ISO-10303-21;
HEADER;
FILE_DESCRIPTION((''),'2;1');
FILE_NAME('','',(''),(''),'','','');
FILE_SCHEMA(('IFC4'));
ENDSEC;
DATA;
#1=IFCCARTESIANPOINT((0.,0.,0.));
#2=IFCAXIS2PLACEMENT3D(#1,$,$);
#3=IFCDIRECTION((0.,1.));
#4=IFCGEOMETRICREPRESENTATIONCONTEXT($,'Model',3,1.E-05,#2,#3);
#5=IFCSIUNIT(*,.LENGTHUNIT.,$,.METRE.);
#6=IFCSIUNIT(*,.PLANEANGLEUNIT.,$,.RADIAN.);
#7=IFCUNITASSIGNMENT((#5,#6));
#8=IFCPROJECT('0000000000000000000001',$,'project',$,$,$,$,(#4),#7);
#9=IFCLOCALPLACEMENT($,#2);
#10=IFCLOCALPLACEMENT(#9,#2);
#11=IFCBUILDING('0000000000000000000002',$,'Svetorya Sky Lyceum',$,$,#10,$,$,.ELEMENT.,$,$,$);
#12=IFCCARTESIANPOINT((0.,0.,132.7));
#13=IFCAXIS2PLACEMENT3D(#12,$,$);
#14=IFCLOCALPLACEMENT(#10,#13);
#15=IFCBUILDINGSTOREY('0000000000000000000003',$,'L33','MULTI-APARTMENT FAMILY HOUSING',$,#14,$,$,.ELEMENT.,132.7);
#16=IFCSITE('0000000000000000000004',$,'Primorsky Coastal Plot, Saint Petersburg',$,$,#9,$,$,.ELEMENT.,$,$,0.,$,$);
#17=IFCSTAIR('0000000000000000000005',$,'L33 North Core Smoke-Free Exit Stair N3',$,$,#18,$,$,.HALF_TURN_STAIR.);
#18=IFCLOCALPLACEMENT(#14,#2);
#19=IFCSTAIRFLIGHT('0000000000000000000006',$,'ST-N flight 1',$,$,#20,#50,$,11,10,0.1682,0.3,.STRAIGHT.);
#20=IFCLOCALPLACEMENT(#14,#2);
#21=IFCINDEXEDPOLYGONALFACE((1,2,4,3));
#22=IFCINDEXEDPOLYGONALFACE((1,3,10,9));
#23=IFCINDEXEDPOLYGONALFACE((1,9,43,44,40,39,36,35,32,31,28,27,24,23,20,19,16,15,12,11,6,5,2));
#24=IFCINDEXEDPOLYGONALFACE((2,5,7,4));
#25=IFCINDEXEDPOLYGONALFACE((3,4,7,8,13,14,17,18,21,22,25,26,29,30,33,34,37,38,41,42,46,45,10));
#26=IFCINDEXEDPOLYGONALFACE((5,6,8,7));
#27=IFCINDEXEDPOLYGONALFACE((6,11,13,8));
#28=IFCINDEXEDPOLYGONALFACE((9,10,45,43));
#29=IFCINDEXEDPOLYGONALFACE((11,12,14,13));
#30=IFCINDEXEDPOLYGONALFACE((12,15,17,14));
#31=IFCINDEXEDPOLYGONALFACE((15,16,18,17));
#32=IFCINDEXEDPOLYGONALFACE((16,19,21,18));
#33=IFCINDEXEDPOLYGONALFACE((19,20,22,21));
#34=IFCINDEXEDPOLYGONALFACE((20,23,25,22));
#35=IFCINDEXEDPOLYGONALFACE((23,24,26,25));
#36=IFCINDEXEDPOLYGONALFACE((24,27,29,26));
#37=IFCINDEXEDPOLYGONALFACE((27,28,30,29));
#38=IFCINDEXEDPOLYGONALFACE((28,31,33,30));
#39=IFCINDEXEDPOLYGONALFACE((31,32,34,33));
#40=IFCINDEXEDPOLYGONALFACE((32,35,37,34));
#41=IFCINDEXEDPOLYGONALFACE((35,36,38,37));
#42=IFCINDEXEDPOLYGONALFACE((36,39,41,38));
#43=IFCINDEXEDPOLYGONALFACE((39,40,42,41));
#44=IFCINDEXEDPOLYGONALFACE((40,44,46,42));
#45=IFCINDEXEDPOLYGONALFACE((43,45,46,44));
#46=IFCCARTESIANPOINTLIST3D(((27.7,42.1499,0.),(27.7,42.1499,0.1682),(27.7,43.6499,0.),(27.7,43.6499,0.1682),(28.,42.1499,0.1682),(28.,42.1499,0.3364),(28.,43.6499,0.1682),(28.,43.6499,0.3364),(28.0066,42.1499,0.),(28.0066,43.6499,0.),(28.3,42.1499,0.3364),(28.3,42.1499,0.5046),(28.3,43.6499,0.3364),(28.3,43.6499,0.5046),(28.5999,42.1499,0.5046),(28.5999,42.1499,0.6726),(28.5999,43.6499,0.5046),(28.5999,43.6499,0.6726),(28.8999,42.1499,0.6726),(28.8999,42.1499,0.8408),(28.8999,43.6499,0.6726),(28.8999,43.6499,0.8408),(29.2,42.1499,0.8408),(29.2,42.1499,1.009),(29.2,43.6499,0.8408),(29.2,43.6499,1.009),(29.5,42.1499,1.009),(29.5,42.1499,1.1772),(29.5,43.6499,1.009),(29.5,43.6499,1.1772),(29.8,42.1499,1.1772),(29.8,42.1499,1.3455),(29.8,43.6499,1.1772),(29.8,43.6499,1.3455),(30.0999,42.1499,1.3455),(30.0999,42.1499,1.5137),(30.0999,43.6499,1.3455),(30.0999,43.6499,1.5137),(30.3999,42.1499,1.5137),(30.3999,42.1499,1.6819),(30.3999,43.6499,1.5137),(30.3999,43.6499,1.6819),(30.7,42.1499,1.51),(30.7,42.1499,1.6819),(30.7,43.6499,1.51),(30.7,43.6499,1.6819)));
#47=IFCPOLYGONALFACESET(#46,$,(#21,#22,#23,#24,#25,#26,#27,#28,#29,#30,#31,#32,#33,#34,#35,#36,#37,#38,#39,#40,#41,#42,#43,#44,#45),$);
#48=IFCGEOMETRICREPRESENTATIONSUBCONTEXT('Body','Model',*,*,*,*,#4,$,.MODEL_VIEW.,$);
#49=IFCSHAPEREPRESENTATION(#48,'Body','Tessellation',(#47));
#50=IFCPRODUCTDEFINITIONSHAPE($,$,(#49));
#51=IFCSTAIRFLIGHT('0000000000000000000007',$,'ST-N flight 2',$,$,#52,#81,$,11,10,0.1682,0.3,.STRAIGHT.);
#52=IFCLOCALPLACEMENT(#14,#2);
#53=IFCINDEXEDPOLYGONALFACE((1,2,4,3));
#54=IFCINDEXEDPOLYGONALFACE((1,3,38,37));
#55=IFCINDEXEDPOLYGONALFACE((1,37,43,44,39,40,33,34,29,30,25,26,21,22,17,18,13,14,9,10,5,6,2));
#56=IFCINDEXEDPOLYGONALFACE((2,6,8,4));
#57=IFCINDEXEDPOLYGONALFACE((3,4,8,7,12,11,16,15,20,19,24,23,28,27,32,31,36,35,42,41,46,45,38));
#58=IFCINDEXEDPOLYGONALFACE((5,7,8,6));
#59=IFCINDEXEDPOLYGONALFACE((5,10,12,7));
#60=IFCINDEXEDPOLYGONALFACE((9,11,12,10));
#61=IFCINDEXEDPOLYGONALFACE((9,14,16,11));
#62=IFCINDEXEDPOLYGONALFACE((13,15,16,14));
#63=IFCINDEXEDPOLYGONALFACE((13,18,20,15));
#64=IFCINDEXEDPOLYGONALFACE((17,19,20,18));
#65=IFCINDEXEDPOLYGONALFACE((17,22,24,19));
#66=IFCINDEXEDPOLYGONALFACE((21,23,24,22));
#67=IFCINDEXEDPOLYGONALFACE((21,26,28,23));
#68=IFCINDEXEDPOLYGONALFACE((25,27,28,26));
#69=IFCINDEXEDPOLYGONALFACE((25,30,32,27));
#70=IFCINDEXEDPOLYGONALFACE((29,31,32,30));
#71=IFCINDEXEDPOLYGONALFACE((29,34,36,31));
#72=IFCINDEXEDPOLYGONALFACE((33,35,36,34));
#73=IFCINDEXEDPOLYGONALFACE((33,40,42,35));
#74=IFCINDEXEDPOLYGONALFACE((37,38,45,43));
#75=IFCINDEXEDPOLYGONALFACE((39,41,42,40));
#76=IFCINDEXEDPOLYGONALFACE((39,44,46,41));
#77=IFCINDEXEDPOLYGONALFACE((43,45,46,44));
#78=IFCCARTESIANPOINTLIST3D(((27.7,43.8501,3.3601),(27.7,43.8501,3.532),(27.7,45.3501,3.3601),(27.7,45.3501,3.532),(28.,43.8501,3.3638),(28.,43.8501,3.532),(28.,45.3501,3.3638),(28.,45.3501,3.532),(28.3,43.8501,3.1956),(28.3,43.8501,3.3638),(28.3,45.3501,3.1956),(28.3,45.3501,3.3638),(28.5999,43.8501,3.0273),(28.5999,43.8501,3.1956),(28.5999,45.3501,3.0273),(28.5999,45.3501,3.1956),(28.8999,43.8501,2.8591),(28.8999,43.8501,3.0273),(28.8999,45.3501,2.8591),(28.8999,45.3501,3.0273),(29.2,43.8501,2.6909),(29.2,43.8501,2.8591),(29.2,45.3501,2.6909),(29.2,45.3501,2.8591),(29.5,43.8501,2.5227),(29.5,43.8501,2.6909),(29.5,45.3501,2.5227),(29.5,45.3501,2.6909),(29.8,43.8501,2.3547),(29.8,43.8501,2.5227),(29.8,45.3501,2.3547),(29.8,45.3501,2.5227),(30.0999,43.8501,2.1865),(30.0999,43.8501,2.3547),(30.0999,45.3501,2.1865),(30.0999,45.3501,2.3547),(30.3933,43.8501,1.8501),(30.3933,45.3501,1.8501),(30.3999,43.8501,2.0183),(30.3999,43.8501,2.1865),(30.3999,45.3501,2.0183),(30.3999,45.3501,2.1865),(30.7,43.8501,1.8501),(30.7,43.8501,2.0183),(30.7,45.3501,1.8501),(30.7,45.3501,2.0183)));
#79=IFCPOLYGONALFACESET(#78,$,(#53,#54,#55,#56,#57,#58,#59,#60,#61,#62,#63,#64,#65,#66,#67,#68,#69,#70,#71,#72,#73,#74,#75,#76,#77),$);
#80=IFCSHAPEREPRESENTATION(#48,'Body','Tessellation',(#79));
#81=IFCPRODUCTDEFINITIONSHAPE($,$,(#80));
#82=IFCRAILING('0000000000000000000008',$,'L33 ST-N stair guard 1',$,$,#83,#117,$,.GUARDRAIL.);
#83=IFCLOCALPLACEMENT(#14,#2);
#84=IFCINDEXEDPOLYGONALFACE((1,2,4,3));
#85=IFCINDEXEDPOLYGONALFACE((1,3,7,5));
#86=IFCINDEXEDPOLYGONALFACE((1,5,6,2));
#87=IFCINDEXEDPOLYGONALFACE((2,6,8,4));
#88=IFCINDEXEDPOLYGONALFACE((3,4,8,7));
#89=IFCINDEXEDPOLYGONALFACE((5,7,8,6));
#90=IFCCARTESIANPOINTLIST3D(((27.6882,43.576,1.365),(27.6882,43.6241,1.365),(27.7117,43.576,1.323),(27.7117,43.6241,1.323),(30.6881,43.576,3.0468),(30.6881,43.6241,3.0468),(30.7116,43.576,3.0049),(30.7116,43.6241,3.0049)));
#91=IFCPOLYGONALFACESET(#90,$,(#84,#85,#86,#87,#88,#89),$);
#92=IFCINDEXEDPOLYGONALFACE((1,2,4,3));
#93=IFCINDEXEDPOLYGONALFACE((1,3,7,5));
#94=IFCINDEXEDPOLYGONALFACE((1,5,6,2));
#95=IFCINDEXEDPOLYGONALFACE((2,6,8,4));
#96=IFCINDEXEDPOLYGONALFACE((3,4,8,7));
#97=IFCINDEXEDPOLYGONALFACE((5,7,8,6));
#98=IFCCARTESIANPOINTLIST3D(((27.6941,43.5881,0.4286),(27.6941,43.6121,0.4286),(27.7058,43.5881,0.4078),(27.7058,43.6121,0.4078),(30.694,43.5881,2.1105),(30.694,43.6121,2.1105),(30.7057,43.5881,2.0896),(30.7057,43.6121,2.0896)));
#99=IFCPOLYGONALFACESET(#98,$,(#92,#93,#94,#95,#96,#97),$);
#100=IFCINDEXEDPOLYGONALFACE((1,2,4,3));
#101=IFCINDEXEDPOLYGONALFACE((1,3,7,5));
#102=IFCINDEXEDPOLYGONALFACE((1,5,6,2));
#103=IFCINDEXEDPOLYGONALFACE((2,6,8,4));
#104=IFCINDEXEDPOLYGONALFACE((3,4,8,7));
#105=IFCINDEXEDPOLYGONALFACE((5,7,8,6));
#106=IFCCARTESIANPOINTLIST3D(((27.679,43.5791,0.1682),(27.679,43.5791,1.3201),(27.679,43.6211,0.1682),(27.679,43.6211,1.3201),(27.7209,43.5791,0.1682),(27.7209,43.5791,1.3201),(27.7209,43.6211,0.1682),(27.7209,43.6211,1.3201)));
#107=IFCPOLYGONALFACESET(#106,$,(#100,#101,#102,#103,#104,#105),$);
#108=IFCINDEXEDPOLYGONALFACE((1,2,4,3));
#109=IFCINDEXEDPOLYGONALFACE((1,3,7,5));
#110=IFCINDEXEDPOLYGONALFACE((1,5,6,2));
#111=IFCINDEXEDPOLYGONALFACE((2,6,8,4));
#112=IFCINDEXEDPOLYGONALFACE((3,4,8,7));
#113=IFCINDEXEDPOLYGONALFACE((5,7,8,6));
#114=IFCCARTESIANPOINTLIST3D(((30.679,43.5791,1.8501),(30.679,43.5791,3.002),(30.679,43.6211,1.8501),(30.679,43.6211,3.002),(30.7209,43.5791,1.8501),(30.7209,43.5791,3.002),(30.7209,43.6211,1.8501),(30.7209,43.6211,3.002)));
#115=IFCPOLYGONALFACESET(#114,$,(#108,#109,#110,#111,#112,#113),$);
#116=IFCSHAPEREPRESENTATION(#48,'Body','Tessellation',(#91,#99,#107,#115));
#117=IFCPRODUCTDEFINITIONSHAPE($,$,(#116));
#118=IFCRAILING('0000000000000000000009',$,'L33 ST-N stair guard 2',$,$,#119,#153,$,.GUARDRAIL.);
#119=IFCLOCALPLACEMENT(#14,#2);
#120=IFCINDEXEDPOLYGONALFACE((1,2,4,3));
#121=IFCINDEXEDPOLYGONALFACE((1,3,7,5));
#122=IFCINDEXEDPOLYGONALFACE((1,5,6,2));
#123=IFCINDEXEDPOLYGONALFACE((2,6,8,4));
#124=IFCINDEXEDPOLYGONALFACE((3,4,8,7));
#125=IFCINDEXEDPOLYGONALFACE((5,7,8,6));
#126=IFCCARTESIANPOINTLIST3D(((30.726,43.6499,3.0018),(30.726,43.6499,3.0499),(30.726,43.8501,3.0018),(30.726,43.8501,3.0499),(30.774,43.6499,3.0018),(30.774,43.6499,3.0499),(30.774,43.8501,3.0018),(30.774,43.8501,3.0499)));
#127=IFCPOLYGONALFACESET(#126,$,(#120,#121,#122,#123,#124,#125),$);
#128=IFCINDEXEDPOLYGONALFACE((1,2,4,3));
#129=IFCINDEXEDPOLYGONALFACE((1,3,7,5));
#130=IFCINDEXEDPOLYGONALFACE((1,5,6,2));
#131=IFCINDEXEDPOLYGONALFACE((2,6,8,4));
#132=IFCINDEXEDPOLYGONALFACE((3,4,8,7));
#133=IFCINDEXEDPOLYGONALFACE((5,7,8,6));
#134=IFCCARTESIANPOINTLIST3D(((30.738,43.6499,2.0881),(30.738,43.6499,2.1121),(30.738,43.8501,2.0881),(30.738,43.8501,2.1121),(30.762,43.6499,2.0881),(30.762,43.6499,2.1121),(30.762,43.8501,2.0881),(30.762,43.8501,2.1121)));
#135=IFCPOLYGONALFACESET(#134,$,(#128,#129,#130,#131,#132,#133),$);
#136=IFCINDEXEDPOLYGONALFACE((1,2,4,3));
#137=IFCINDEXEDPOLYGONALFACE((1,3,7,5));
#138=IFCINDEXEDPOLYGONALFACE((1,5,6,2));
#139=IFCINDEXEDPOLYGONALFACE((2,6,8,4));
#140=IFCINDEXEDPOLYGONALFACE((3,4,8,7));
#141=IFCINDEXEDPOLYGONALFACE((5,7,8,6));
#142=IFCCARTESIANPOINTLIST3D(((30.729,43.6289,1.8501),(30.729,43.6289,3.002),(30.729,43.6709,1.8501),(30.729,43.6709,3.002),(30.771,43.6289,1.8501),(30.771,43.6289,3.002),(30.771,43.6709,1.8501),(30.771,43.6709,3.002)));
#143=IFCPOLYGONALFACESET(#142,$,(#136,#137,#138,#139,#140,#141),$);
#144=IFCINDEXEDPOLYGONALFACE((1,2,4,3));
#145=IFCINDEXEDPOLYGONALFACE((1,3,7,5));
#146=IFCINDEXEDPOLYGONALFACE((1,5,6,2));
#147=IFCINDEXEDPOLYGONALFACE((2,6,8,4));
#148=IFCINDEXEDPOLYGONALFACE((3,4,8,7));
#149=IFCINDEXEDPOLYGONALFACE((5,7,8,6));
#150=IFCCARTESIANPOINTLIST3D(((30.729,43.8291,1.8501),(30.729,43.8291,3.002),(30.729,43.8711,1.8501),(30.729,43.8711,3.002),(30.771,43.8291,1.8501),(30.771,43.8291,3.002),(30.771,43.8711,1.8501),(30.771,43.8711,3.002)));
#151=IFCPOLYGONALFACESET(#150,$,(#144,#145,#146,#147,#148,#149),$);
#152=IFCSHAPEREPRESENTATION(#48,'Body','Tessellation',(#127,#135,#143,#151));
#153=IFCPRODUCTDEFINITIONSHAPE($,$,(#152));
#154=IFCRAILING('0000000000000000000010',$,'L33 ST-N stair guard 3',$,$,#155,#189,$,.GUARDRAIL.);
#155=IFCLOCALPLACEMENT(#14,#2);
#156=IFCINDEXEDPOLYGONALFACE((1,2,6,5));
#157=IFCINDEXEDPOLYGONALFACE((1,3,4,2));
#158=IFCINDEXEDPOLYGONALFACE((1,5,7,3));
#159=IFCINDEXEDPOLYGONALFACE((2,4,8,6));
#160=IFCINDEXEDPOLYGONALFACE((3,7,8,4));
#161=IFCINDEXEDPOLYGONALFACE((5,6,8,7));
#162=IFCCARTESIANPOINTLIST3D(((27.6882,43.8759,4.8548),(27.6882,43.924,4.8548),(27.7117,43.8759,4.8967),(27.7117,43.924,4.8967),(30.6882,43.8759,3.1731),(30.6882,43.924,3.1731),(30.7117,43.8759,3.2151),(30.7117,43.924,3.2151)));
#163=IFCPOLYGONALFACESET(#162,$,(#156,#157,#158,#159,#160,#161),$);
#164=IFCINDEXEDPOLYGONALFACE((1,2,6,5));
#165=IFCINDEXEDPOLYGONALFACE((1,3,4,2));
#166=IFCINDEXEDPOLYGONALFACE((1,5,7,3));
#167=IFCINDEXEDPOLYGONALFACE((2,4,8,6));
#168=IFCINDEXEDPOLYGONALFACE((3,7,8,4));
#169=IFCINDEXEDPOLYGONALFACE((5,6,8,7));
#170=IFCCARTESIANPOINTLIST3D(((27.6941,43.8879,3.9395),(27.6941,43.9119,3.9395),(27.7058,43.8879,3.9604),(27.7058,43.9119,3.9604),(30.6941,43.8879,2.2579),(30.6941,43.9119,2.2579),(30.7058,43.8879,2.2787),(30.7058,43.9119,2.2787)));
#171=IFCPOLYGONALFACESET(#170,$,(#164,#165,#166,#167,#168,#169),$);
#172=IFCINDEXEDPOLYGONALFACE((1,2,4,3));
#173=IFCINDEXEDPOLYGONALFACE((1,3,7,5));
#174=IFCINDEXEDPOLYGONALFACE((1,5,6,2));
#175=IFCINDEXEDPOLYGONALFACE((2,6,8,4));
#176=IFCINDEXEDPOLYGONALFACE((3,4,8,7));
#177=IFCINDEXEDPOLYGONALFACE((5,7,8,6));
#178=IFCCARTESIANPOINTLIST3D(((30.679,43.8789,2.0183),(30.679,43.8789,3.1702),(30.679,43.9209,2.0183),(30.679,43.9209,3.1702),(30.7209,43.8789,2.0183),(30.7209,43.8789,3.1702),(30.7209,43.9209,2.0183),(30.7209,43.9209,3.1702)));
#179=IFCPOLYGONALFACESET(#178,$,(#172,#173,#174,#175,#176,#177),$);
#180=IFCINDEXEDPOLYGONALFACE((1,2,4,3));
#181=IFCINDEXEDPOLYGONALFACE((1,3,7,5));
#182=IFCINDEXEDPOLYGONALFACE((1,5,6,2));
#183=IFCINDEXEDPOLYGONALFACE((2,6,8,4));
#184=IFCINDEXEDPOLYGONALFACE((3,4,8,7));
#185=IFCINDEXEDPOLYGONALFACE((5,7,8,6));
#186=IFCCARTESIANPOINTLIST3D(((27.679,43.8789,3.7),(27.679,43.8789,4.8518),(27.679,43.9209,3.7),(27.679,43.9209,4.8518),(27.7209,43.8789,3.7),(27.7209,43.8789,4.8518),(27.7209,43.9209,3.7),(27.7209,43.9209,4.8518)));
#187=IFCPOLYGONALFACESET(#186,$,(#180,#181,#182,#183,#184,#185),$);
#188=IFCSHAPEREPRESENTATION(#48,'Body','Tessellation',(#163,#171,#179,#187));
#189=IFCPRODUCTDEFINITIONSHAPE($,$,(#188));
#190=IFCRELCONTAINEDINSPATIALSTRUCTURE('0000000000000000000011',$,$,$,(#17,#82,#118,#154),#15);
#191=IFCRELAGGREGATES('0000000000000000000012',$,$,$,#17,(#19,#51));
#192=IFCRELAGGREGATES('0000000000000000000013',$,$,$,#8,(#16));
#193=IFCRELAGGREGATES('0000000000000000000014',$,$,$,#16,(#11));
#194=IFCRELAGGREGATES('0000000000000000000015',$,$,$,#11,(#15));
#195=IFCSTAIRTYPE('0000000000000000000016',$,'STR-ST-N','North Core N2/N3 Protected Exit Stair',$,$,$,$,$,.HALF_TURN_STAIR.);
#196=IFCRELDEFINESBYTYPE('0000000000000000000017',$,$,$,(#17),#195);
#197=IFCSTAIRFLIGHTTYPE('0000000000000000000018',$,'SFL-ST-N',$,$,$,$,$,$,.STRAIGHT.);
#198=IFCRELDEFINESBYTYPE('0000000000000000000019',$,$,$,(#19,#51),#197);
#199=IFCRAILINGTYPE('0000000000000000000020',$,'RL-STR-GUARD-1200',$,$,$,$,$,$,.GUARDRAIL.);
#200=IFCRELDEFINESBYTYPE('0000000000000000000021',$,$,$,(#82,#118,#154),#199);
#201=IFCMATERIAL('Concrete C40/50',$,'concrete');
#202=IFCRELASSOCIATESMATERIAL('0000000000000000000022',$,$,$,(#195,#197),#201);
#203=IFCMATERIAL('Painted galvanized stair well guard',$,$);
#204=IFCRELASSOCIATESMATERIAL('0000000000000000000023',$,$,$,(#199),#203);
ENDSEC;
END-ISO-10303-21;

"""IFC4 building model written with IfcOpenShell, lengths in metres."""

from ifc_helpers import new_model, si_unit, direction, frame, origin, origin_2d, place, context, subcontext, project, spatial, polyline, rectangle, outline, extrude, material, type_object, element, aggregate, save


model = new_model("IFC4")

# Units and contexts
model_context = context("Model", 3, precision=1e-05, world=origin(), true_north=direction((0.0, 1.0)))
body_context = subcontext(model_context, "Body", "Model", "MODEL_VIEW")
ifc_project = project(units=[si_unit("LENGTHUNIT", "METRE"), si_unit("PLANEANGLEUNIT", "RADIAN")], contexts=[model_context])

# Site, building, storey
site_placement = place(None, origin())
site = spatial("IfcSite", under=ifc_project, at=site_placement, Name="Primorsky Coastal Plot, Saint Petersburg", CompositionType="ELEMENT", RefElevation=0.0)
building_placement = place(site_placement, origin())
building = spatial("IfcBuilding", under=site, at=building_placement, Name="Svetorya Sky Lyceum", CompositionType="ELEMENT")
storey_placement = place(building_placement, frame((0.0, 0.0, 132.7)))
storey = spatial("IfcBuildingStorey", under=building, at=storey_placement, Name="L33", Description="MULTI-APARTMENT FAMILY HOUSING", CompositionType="ELEMENT", Elevation=132.7)

# Stair, stair flights
ifc_material_1 = material(Name="Concrete C40/50", Category="concrete")
stair_type = type_object("IfcStairType", Name="STR-ST-N", Description="North Core N2/N3 Protected Exit Stair", PredefinedType="HALF_TURN_STAIR", material=ifc_material_1)
stair_placement = place(storey_placement, origin())
stair = element("IfcStair", 1, at=stair_placement, inside=storey, type_object=stair_type, Name="L33 North Core Smoke-Free Exit Stair N3", PredefinedType="HALF_TURN_STAIR")
stair_flight_type = type_object("IfcStairFlightType", Name="SFL-ST-N", PredefinedType="STRAIGHT", material=ifc_material_1)
stair_flight_1_placement = place(storey_placement, frame((27.7, 42.8999, 0.0), z_axis=(0.0, 0.0, 1.0), x_axis=(1.0, 0.0, 0.0)))
stair_flight_1 = element("IfcStairFlight", 2, at=stair_flight_1_placement, type_object=stair_flight_type, Name="ST-N flight 1", NumberOfRisers=11, NumberOfTreads=10, PredefinedType="STRAIGHT", RiserHeight=0.1682, TreadLength=0.3, context=body_context, shape_type="SweptSolid", body=[
    extrude(outline(polyline([(0.0, 0.0), (0.0, 0.1682), (0.3, 0.1682), (0.3, 0.3364), (0.6001, 0.3364), (0.6001, 0.5046), (0.8999, 0.5046), (0.8999, 0.6726), (1.2, 0.6726), (1.2, 0.8408), (1.5, 0.8408), (1.5, 1.009), (1.8, 1.009), (1.8, 1.1772), (2.1001, 1.1772), (2.1001, 1.3455), (2.3999, 1.3455), (2.3999, 1.5137), (2.7, 1.5137), (2.7, 1.6819), (3.0, 1.6819), (3.0, 1.8501), (3.0, 1.51), (0.3066, 0.0), (0.0, 0.0)])), frame((0.0, 0.75, 0.0), z_axis=(0.0, -1.0, 0.0), x_axis=(1.0, 0.0, 0.0)), (0.0, 0.0, 1.0), 1.5),
])
stair_flight_2_placement = place(storey_placement, frame((30.7, 44.6001, 1.8501), z_axis=(0.0, 0.0, 1.0), x_axis=(-1.0, 0.0, 0.0)))
stair_flight_2 = element("IfcStairFlight", 3, at=stair_flight_2_placement, type_object=stair_flight_type, Name="ST-N flight 2", NumberOfRisers=11, NumberOfTreads=10, PredefinedType="STRAIGHT", RiserHeight=0.1682, TreadLength=0.3, context=body_context, shape_type="SweptSolid", body=[
    extrude(outline(polyline([(0.0, 0.0), (0.0, 0.1682), (0.3, 0.1682), (0.3, 0.3364), (0.6001, 0.3364), (0.6001, 0.5046), (0.8999, 0.5046), (0.8999, 0.6726), (1.2, 0.6726), (1.2, 0.8408), (1.5, 0.8408), (1.5, 1.009), (1.8, 1.009), (1.8, 1.1772), (2.1001, 1.1772), (2.1001, 1.3455), (2.3999, 1.3455), (2.3999, 1.5137), (2.7, 1.5137), (2.7, 1.6819), (3.0, 1.6819), (3.0, 1.8501), (3.0, 1.51), (0.3066, 0.0), (0.0, 0.0)])), frame((0.0, 0.75, 0.0), z_axis=(0.0, -1.0, 0.0), x_axis=(1.0, 0.0, 0.0)), (0.0, 0.0, 1.0), 1.5),
])
aggregate(stair, [stair_flight_1, stair_flight_2])

# Railings
ifc_material_2 = material(Name="Painted galvanized stair well guard")
railing_type_1 = type_object("IfcRailingType", Name="RL-STR-GUARD-1200", PredefinedType="GUARDRAIL", material=ifc_material_2)
railing_1_placement = place(storey_placement, frame((27.7, 43.6001, 0.1682)))
element("IfcRailing", 4, at=railing_1_placement, inside=storey, type_object=railing_type_1, Name="L33 ST-N stair guard 1", PredefinedType="GUARDRAIL", context=body_context, shape_type="SweptSolid", body=[
    extrude(rectangle(XDim=0.0481, YDim=0.0481, at=origin_2d()), frame((0.0, 0.0, 1.1758), z_axis=(0.872272, 0.0, 0.48902), x_axis=(0.0, 1.0, 0.0)), (0.0, 0.0, 1.0), 3.4392),
    extrude(rectangle(XDim=0.0239, YDim=0.0239, at=origin_2d()), frame((0.0, 0.0, 0.25), z_axis=(0.872272, 0.0, 0.48902), x_axis=(0.0, 1.0, 0.0)), (0.0, 0.0, 1.0), 3.4392),
    extrude(rectangle(XDim=0.042, YDim=0.042, at=origin_2d()), origin(), (0.0, 0.0, 1.0), 1.1519),
    extrude(rectangle(XDim=0.042, YDim=0.042, at=origin_2d()), frame((3.0, 0.0, 1.6819)), (0.0, 0.0, 1.0), 1.1519),
])
railing_2_placement = place(storey_placement, frame((30.75, 43.6499, 1.8501)))
element("IfcRailing", 5, at=railing_2_placement, inside=storey, type_object=railing_type_1, Name="L33 ST-N stair guard 2", PredefinedType="GUARDRAIL", context=body_context, shape_type="SweptSolid", body=[
    extrude(rectangle(XDim=0.0481, YDim=0.0481, at=origin_2d()), frame((0.0, 0.0, 1.1758), z_axis=(0.0, 1.0, 0.0), x_axis=(-1.0, 0.0, 0.0)), (0.0, 0.0, 1.0), 0.2002),
    extrude(rectangle(XDim=0.0239, YDim=0.0239, at=origin_2d()), frame((0.0, 0.0, 0.25), z_axis=(0.0, 1.0, 0.0), x_axis=(-1.0, 0.0, 0.0)), (0.0, 0.0, 1.0), 0.2002),
    extrude(rectangle(XDim=0.042, YDim=0.042, at=origin_2d()), origin(), (0.0, 0.0, 1.0), 1.1519),
    extrude(rectangle(XDim=0.042, YDim=0.042, at=origin_2d()), frame((0.0, 0.2002, 0.0)), (0.0, 0.0, 1.0), 1.1519),
])
railing_3_placement = place(storey_placement, frame((30.7, 43.8999, 2.0183)))
element("IfcRailing", 6, at=railing_3_placement, inside=storey, type_object=railing_type_1, Name="L33 ST-N stair guard 3", PredefinedType="GUARDRAIL", context=body_context, shape_type="SweptSolid", body=[
    extrude(rectangle(XDim=0.0481, YDim=0.0481, at=origin_2d()), frame((0.0, 0.0, 1.1758), z_axis=(-0.872303, 0.0, 0.488966), x_axis=(0.0, -1.0, 0.0)), (0.0, 0.0, 1.0), 3.4392),
    extrude(rectangle(XDim=0.0239, YDim=0.0239, at=origin_2d()), frame((0.0, 0.0, 0.25), z_axis=(-0.872303, 0.0, 0.488966), x_axis=(0.0, -1.0, 0.0)), (0.0, 0.0, 1.0), 3.4392),
    extrude(rectangle(XDim=0.042, YDim=0.042, at=origin_2d()), origin(), (0.0, 0.0, 1.0), 1.1519),
    extrude(rectangle(XDim=0.042, YDim=0.042, at=origin_2d()), frame((-3.0, 0.0, 1.6816)), (0.0, 0.0, 1.0), 1.1519),
])

save(model, "model.ifc")
